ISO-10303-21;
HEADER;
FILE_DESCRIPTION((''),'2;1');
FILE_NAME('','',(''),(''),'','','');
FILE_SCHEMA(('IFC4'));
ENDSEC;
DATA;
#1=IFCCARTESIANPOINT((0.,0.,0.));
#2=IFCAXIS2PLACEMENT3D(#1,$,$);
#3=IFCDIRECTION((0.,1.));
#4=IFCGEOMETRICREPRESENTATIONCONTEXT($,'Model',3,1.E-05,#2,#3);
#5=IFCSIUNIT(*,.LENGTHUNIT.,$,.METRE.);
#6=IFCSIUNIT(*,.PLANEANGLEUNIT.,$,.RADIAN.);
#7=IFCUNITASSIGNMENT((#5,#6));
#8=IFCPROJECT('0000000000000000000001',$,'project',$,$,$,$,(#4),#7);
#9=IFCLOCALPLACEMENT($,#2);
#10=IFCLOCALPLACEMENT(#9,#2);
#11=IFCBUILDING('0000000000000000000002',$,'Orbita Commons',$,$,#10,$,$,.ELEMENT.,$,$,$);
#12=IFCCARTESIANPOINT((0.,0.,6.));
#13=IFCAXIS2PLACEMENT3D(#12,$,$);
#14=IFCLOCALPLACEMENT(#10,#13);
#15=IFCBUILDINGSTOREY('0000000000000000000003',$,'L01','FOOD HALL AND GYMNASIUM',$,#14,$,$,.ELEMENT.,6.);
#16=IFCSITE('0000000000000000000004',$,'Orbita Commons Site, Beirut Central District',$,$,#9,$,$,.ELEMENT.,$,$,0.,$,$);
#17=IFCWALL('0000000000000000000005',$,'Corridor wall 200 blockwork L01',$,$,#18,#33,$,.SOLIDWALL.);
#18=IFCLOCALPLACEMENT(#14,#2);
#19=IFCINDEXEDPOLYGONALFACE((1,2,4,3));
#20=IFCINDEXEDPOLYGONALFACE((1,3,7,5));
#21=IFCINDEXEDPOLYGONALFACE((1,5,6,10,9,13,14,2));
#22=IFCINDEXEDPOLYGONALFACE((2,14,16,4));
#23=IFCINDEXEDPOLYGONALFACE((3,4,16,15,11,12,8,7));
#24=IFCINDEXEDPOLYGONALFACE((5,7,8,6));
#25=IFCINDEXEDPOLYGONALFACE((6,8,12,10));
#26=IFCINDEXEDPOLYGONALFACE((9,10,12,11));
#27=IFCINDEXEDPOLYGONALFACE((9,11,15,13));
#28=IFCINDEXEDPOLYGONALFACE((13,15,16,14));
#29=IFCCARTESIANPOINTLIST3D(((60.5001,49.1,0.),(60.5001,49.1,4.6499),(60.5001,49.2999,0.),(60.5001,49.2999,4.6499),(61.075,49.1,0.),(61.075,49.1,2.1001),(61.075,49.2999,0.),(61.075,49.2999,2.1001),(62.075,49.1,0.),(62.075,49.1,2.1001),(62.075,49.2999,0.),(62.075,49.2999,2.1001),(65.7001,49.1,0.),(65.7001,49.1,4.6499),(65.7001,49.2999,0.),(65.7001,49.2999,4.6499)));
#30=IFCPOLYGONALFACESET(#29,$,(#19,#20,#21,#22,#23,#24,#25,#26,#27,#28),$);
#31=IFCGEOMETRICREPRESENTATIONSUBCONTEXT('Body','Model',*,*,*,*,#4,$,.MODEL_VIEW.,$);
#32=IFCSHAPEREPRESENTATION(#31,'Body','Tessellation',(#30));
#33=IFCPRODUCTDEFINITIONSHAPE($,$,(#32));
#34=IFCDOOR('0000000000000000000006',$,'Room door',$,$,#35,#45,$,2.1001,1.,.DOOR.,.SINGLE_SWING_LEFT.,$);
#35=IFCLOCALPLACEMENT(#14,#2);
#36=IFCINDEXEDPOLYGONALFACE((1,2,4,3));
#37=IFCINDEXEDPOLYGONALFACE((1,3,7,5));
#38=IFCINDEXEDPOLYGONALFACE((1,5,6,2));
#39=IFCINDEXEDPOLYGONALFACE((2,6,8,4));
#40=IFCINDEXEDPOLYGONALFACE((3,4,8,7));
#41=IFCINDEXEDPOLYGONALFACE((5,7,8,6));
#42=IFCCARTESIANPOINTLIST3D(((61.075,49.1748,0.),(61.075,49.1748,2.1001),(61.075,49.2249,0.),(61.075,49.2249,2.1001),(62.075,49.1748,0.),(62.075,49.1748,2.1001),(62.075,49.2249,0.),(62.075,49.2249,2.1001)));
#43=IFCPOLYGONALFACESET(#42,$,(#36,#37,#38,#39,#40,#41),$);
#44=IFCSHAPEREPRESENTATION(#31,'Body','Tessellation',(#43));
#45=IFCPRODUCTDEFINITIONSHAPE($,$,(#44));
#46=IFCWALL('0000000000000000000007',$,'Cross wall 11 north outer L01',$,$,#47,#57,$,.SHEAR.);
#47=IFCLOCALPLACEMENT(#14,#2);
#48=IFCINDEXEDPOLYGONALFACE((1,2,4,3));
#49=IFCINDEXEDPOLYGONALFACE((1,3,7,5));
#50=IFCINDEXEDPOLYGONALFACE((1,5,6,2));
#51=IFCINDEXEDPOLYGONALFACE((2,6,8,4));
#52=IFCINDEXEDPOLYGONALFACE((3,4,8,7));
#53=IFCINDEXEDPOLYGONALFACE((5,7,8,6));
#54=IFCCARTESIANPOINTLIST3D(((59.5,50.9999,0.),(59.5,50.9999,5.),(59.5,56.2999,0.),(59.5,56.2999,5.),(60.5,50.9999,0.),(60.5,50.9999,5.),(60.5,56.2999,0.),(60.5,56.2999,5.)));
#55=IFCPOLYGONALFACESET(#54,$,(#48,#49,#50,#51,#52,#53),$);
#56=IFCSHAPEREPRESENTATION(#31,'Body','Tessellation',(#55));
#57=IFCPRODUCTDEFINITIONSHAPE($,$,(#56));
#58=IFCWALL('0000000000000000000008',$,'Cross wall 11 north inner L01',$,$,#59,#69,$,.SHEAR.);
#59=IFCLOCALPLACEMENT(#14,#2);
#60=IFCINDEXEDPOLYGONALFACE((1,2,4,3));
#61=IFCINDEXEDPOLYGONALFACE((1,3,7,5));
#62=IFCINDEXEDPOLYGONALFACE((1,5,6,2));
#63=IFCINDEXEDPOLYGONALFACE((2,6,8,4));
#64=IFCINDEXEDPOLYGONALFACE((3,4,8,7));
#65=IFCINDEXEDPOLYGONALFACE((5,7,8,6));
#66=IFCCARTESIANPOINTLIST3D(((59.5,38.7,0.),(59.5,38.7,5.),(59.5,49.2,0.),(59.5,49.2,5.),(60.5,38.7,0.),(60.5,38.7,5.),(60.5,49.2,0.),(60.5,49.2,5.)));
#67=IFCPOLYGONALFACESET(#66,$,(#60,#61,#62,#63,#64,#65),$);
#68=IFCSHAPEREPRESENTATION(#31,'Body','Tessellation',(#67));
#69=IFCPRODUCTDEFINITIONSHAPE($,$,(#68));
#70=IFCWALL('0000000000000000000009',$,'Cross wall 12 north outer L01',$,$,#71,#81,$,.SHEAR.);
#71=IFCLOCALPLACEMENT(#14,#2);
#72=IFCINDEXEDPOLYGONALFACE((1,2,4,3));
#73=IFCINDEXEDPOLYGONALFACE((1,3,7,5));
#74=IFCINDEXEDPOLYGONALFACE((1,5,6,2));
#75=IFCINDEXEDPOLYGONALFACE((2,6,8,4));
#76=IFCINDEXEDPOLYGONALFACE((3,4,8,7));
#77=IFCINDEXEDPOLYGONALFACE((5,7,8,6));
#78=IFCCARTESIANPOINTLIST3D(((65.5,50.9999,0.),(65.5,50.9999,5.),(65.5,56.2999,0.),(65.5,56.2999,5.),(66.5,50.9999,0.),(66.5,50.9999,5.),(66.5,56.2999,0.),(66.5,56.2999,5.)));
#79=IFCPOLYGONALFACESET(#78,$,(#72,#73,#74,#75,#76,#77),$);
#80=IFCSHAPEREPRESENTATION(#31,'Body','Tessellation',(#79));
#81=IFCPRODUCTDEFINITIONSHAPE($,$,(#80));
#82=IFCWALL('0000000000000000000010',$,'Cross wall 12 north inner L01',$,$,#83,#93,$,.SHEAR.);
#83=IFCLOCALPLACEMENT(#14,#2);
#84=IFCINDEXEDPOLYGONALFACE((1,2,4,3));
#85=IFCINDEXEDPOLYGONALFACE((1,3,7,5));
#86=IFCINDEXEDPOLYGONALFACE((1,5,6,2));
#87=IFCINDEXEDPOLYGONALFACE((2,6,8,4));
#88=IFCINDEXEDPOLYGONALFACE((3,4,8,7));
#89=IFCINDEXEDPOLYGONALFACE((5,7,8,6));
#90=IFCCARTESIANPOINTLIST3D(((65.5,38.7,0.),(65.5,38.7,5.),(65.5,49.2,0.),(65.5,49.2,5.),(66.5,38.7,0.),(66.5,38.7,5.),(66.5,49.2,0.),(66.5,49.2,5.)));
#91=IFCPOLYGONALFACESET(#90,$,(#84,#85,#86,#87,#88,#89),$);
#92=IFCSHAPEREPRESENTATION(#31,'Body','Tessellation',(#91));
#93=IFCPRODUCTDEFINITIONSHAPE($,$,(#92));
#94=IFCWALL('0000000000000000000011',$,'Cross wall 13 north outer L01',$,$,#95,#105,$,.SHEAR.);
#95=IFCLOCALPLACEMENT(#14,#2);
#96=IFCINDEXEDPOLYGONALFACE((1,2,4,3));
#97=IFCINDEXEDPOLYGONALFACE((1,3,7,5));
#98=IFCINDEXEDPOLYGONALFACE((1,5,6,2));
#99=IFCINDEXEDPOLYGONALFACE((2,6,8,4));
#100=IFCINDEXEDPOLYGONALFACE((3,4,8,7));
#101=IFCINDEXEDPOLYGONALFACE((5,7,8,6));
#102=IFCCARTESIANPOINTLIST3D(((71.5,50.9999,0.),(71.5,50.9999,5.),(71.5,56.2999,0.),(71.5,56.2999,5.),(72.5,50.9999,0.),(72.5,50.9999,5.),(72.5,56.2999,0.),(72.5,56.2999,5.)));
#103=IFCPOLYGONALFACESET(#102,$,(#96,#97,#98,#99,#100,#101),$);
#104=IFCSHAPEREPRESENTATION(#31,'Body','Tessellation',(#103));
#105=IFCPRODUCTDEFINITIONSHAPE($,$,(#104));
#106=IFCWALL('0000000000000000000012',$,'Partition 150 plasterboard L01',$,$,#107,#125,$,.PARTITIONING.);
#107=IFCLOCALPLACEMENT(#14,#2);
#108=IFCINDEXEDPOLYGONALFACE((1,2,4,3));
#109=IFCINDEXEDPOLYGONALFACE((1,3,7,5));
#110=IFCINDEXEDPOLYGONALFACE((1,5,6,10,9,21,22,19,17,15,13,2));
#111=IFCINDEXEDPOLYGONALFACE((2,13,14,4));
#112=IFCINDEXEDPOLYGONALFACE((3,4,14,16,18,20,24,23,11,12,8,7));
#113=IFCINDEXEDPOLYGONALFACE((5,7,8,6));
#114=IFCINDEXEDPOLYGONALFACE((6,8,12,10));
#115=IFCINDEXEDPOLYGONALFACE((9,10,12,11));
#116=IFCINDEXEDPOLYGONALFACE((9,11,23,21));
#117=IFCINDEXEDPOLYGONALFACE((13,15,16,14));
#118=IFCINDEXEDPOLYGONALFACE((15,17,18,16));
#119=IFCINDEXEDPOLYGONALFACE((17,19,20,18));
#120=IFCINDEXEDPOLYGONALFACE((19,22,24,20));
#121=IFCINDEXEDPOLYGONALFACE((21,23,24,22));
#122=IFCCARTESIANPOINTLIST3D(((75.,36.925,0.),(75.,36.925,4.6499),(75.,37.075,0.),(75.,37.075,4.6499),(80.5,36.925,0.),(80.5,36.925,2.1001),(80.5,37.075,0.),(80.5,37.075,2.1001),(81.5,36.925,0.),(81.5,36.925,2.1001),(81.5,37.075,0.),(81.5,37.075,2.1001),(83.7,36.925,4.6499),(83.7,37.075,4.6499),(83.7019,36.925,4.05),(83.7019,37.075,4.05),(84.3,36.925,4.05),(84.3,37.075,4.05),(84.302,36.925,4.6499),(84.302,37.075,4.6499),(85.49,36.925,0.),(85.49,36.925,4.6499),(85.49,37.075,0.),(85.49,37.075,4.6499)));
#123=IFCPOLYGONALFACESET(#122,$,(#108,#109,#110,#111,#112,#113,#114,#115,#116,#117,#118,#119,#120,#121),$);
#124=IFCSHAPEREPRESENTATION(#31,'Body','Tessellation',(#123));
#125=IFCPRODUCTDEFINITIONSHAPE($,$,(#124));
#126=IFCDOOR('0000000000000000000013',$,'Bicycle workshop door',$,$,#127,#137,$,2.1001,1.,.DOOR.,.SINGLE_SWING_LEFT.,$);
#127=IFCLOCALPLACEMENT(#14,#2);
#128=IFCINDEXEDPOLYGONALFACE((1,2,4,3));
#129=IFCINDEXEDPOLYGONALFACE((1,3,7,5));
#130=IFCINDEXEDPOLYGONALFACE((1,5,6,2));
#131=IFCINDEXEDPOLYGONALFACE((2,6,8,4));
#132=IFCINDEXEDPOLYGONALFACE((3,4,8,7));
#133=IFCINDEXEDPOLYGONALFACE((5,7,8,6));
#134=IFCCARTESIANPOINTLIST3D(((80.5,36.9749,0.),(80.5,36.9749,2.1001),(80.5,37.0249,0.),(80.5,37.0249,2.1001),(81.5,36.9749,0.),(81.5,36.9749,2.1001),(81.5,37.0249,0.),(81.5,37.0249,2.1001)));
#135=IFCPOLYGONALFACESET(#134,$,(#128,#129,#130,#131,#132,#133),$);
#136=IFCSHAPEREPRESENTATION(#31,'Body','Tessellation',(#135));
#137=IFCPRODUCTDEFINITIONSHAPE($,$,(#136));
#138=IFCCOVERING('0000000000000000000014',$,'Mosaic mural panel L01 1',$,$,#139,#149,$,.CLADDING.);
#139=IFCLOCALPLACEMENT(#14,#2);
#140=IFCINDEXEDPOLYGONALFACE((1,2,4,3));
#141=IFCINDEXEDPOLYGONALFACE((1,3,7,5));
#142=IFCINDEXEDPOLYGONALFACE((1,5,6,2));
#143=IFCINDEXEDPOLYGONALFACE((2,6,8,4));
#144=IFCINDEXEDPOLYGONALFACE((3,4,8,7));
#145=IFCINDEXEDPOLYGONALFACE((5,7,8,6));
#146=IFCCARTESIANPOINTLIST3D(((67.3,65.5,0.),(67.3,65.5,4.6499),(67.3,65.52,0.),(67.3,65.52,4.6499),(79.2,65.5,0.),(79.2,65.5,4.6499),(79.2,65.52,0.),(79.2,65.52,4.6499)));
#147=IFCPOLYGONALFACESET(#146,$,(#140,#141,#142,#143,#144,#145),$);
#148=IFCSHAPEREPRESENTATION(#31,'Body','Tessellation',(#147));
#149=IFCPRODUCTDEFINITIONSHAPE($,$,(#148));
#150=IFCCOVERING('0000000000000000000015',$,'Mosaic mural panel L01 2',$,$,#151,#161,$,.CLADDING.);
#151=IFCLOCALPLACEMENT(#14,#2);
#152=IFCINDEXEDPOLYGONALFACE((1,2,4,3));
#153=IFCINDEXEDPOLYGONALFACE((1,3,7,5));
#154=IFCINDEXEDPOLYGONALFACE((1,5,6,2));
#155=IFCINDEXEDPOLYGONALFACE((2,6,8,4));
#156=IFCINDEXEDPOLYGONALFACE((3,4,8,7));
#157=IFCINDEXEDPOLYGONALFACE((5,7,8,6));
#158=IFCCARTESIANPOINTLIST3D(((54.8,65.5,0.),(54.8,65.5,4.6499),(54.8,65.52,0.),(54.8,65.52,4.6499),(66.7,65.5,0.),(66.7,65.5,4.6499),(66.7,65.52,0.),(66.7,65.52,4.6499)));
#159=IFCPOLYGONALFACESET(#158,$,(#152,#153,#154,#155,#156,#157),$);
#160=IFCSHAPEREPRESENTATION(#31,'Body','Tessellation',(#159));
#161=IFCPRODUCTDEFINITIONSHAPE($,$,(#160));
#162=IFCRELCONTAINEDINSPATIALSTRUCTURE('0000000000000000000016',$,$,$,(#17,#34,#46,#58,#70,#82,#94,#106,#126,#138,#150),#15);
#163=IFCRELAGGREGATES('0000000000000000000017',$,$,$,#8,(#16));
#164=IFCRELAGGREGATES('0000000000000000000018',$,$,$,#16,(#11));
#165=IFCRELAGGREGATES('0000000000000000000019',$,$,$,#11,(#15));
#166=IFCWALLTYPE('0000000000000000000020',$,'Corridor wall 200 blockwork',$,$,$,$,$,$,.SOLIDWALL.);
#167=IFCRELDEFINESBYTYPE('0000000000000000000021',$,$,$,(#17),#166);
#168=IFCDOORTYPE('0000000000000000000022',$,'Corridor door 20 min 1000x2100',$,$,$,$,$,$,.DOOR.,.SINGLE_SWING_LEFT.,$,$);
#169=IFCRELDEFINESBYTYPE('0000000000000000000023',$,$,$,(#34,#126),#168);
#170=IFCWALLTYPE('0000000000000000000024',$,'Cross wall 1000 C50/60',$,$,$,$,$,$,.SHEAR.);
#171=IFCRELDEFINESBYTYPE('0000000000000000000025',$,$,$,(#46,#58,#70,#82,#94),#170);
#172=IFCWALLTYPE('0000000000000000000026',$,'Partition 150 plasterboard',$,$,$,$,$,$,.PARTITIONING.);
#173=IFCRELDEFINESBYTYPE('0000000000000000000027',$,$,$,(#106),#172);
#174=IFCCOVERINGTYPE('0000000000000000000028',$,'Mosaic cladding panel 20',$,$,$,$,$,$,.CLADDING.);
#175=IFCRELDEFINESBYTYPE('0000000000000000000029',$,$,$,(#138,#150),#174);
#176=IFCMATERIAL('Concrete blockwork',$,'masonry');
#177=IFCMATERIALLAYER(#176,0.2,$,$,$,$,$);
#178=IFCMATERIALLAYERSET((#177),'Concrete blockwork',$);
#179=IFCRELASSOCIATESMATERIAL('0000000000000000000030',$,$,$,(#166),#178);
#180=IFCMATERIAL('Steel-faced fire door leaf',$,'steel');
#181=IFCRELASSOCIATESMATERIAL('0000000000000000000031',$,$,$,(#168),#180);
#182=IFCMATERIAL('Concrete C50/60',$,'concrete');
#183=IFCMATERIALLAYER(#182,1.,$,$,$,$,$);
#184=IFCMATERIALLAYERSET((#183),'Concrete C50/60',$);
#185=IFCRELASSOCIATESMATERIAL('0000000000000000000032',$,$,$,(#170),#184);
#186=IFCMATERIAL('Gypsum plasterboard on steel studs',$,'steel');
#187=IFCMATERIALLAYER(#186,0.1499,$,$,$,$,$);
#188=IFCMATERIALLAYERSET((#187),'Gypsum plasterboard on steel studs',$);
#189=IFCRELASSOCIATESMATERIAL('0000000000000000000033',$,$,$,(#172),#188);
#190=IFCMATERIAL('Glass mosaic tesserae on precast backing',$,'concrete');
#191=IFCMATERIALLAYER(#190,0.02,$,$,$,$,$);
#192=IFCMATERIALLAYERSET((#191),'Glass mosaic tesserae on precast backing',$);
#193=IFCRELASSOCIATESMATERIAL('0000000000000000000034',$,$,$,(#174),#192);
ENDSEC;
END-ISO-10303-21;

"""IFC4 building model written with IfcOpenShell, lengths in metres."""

from ifc_helpers import new_model, si_unit, direction, frame, frame_2d, origin, origin_2d, place, context, subcontext, project, spatial, polyline, rectangle, outline, extrude, material, layer, layer_set, type_object, element, fill, save


model = new_model("IFC4")

# Units and contexts
model_context = context("Model", 3, precision=1e-05, world=origin(), true_north=direction((0.0, 1.0)))
body_context = subcontext(model_context, "Body", "Model", "MODEL_VIEW")
ifc_project = project(units=[si_unit("LENGTHUNIT", "METRE"), si_unit("PLANEANGLEUNIT", "RADIAN")], contexts=[model_context])

# Site, building, storey
site_placement = place(None, origin())
site = spatial("IfcSite", under=ifc_project, at=site_placement, Name="Orbita Commons Site, Beirut Central District", CompositionType="ELEMENT", RefElevation=0.0)
building_placement = place(site_placement, origin())
building = spatial("IfcBuilding", under=site, at=building_placement, Name="Orbita Commons", CompositionType="ELEMENT")
storey_placement = place(building_placement, frame((0.0, 0.0, 6.0)))
storey = spatial("IfcBuildingStorey", under=building, at=storey_placement, Name="L01", Description="FOOD HALL AND GYMNASIUM", CompositionType="ELEMENT", Elevation=6.0)

# Shared definitions
ifc_material_1 = material(Name="Concrete blockwork", Category="masonry")
ifc_layer_1 = layer(ifc_material_1, 0.2)
ifc_layer_set_1 = layer_set([ifc_layer_1], Name="Concrete blockwork")
wall_type_1 = type_object("IfcWallType", Name="Corridor wall 200 blockwork", PredefinedType="SOLIDWALL", material=ifc_layer_set_1)

# Wall, opening, door
wall_1_placement = place(storey_placement, frame((60.5, 49.2, 0.0), z_axis=(0.0, 0.0, 1.0), x_axis=(1.0, 0.0, 0.0)))
wall_1 = element("IfcWall", 1, at=wall_1_placement, inside=storey, type_object=wall_type_1, Name="Corridor wall 200 blockwork L01", PredefinedType="SOLIDWALL", context=body_context, shape_type="SweptSolid", body=[
    extrude(rectangle(XDim=5.2, YDim=0.2, at=frame_2d((2.6001, 0.0))), origin(), (0.0, 0.0, 1.0), 4.6499),
])
opening_1_placement = place(wall_1_placement, frame((0.575, 0.0, 0.0)))
opening_1 = element("IfcOpeningElement", 2, at=opening_1_placement, cuts=wall_1, PredefinedType="OPENING", context=body_context, shape_type="SweptSolid", body=[
    extrude(rectangle(XDim=1.0, YDim=2.1001, at=frame_2d((0.5, 1.05))), frame((0.0, 0.1099, 0.0), z_axis=(0.0, -1.0, 0.0), x_axis=(1.0, 0.0, 0.0)), (0.0, 0.0, 1.0), 0.22),
])
ifc_material_2 = material(Name="Steel-faced fire door leaf", Category="steel")
door_type = type_object("IfcDoorType", Name="Corridor door 20 min 1000x2100", OperationType="SINGLE_SWING_LEFT", PredefinedType="DOOR", material=ifc_material_2)
door_1_placement = place(opening_1_placement, origin())
door_1 = element("IfcDoor", 3, at=door_1_placement, inside=storey, type_object=door_type, Name="Room door", OperationType="SINGLE_SWING_LEFT", OverallHeight=2.1001, OverallWidth=1.0, PredefinedType="DOOR", context=body_context, shape_type="SweptSolid", body=[
    extrude(rectangle(XDim=1.0, YDim=2.1001, at=frame_2d((0.5, 1.05))), frame((0.0, 0.0249, 0.0), z_axis=(0.0, -1.0, 0.0), x_axis=(1.0, 0.0, 0.0)), (0.0, 0.0, 1.0), 0.05),
])
fill(opening_1, door_1)

# Walls
ifc_material_3 = material(Name="Concrete C50/60", Category="concrete")
ifc_layer_2 = layer(ifc_material_3, 1.0)
ifc_layer_set_2 = layer_set([ifc_layer_2], Name="Concrete C50/60")
wall_type_2 = type_object("IfcWallType", Name="Cross wall 1000 C50/60", PredefinedType="SHEAR", material=ifc_layer_set_2)
wall_2_placement = place(storey_placement, frame((60.0, 51.0, 0.0), z_axis=(0.0, 0.0, 1.0), x_axis=(0.0, 1.0, 0.0)))
element("IfcWall", 4, at=wall_2_placement, inside=storey, type_object=wall_type_2, Name="Cross wall 11 north outer L01", PredefinedType="SHEAR", context=body_context, shape_type="SweptSolid", body=[
    extrude(rectangle(XDim=5.3, YDim=1.0, at=frame_2d((2.6499, 0.0))), origin(), (0.0, 0.0, 1.0), 5.0),
])
wall_3_placement = place(storey_placement, frame((60.0, 38.7, 0.0), z_axis=(0.0, 0.0, 1.0), x_axis=(0.0, 1.0, 0.0)))
element("IfcWall", 5, at=wall_3_placement, inside=storey, type_object=wall_type_2, Name="Cross wall 11 north inner L01", PredefinedType="SHEAR", context=body_context, shape_type="SweptSolid", body=[
    extrude(rectangle(XDim=10.5, YDim=1.0, at=frame_2d((5.25, 0.0))), origin(), (0.0, 0.0, 1.0), 5.0),
])
wall_4_placement = place(storey_placement, frame((66.0, 51.0, 0.0), z_axis=(0.0, 0.0, 1.0), x_axis=(0.0, 1.0, 0.0)))
element("IfcWall", 6, at=wall_4_placement, inside=storey, type_object=wall_type_2, Name="Cross wall 12 north outer L01", PredefinedType="SHEAR", context=body_context, shape_type="SweptSolid", body=[
    extrude(rectangle(XDim=5.3, YDim=1.0, at=frame_2d((2.6499, 0.0))), origin(), (0.0, 0.0, 1.0), 5.0),
])
wall_5_placement = place(storey_placement, frame((66.0, 38.7, 0.0), z_axis=(0.0, 0.0, 1.0), x_axis=(0.0, 1.0, 0.0)))
element("IfcWall", 7, at=wall_5_placement, inside=storey, type_object=wall_type_2, Name="Cross wall 12 north inner L01", PredefinedType="SHEAR", context=body_context, shape_type="SweptSolid", body=[
    extrude(rectangle(XDim=10.5, YDim=1.0, at=frame_2d((5.25, 0.0))), origin(), (0.0, 0.0, 1.0), 5.0),
])
wall_6_placement = place(storey_placement, frame((72.0, 51.0, 0.0), z_axis=(0.0, 0.0, 1.0), x_axis=(0.0, 1.0, 0.0)))
element("IfcWall", 8, at=wall_6_placement, inside=storey, type_object=wall_type_2, Name="Cross wall 13 north outer L01", PredefinedType="SHEAR", context=body_context, shape_type="SweptSolid", body=[
    extrude(rectangle(XDim=5.3, YDim=1.0, at=frame_2d((2.6499, 0.0))), origin(), (0.0, 0.0, 1.0), 5.0),
])

# Wall, opening, door
ifc_material_4 = material(Name="Gypsum plasterboard on steel studs", Category="steel")
ifc_layer_3 = layer(ifc_material_4, 0.1499)
ifc_layer_set_3 = layer_set([ifc_layer_3], Name="Gypsum plasterboard on steel studs")
wall_type_3 = type_object("IfcWallType", Name="Partition 150 plasterboard", PredefinedType="PARTITIONING", material=ifc_layer_set_3)
wall_7_placement = place(storey_placement, frame((75.0, 37.0, 0.0), z_axis=(0.0, 0.0, 1.0), x_axis=(1.0, 0.0, 0.0)))
wall_7 = element("IfcWall", 9, at=wall_7_placement, inside=storey, type_object=wall_type_3, Name="Partition 150 plasterboard L01", PredefinedType="PARTITIONING", context=body_context, shape_type="SweptSolid", body=[
    extrude(outline(polyline([(0.0, 0.0), (10.49, 0.0), (10.49, 4.6499), (9.302, 4.6499), (9.3, 4.05), (8.7019, 4.05), (8.7, 4.6499), (0.0, 4.6499), (0.0, 0.0)])), frame((0.0, 0.075, 0.0), z_axis=(0.0, -1.0, 0.0), x_axis=(1.0, 0.0, 0.0)), (0.0, 0.0, 1.0), 0.1499),
])
opening_2_placement = place(wall_7_placement, frame((5.5, 0.0, 0.0)))
opening_2 = element("IfcOpeningElement", 10, at=opening_2_placement, cuts=wall_7, PredefinedType="OPENING", context=body_context, shape_type="SweptSolid", body=[
    extrude(rectangle(XDim=1.0, YDim=2.1001, at=frame_2d((0.5, 1.05))), frame((0.0, 0.085, 0.0), z_axis=(0.0, -1.0, 0.0), x_axis=(1.0, 0.0, 0.0)), (0.0, 0.0, 1.0), 0.1699),
])
door_2_placement = place(opening_2_placement, origin())
door_2 = element("IfcDoor", 11, at=door_2_placement, inside=storey, type_object=door_type, Name="Bicycle workshop door", OperationType="SINGLE_SWING_LEFT", OverallHeight=2.1001, OverallWidth=1.0, PredefinedType="DOOR", context=body_context, shape_type="SweptSolid", body=[
    extrude(rectangle(XDim=1.0, YDim=2.1001, at=frame_2d((0.5, 1.05))), frame((0.0, 0.0249, 0.0), z_axis=(0.0, -1.0, 0.0), x_axis=(1.0, 0.0, 0.0)), (0.0, 0.0, 1.0), 0.05),
])
fill(opening_2, door_2)

# Coverings
ifc_material_5 = material(Name="Glass mosaic tesserae on precast backing", Category="concrete")
ifc_layer_4 = layer(ifc_material_5, 0.02)
ifc_layer_set_4 = layer_set([ifc_layer_4], Name="Glass mosaic tesserae on precast backing")
covering_type = type_object("IfcCoveringType", Name="Mosaic cladding panel 20", PredefinedType="CLADDING", material=ifc_layer_set_4)
for number, where, z_axis, x_axis, name in (
    (12, (73.25, 65.51, 0.0), (0.0, 0.0, 1.0), (1.0, 0.0, 0.0), "Mosaic mural panel L01 1"),
    (13, (60.75, 65.51, 0.0), (0.0, 0.0, 1.0), (1.0, 0.0, 0.0), "Mosaic mural panel L01 2"),
):
    element("IfcCovering", number, at=place(storey_placement, frame(where, z_axis=z_axis, x_axis=x_axis)), inside=storey, type_object=covering_type, Name=name, PredefinedType="CLADDING", context=body_context, shape_type="SweptSolid", body=[
        extrude(rectangle(XDim=11.8999, YDim=0.02, at=origin_2d()), origin(), (0.0, 0.0, 1.0), 4.6499),
    ])

save(model, "model.ifc")
